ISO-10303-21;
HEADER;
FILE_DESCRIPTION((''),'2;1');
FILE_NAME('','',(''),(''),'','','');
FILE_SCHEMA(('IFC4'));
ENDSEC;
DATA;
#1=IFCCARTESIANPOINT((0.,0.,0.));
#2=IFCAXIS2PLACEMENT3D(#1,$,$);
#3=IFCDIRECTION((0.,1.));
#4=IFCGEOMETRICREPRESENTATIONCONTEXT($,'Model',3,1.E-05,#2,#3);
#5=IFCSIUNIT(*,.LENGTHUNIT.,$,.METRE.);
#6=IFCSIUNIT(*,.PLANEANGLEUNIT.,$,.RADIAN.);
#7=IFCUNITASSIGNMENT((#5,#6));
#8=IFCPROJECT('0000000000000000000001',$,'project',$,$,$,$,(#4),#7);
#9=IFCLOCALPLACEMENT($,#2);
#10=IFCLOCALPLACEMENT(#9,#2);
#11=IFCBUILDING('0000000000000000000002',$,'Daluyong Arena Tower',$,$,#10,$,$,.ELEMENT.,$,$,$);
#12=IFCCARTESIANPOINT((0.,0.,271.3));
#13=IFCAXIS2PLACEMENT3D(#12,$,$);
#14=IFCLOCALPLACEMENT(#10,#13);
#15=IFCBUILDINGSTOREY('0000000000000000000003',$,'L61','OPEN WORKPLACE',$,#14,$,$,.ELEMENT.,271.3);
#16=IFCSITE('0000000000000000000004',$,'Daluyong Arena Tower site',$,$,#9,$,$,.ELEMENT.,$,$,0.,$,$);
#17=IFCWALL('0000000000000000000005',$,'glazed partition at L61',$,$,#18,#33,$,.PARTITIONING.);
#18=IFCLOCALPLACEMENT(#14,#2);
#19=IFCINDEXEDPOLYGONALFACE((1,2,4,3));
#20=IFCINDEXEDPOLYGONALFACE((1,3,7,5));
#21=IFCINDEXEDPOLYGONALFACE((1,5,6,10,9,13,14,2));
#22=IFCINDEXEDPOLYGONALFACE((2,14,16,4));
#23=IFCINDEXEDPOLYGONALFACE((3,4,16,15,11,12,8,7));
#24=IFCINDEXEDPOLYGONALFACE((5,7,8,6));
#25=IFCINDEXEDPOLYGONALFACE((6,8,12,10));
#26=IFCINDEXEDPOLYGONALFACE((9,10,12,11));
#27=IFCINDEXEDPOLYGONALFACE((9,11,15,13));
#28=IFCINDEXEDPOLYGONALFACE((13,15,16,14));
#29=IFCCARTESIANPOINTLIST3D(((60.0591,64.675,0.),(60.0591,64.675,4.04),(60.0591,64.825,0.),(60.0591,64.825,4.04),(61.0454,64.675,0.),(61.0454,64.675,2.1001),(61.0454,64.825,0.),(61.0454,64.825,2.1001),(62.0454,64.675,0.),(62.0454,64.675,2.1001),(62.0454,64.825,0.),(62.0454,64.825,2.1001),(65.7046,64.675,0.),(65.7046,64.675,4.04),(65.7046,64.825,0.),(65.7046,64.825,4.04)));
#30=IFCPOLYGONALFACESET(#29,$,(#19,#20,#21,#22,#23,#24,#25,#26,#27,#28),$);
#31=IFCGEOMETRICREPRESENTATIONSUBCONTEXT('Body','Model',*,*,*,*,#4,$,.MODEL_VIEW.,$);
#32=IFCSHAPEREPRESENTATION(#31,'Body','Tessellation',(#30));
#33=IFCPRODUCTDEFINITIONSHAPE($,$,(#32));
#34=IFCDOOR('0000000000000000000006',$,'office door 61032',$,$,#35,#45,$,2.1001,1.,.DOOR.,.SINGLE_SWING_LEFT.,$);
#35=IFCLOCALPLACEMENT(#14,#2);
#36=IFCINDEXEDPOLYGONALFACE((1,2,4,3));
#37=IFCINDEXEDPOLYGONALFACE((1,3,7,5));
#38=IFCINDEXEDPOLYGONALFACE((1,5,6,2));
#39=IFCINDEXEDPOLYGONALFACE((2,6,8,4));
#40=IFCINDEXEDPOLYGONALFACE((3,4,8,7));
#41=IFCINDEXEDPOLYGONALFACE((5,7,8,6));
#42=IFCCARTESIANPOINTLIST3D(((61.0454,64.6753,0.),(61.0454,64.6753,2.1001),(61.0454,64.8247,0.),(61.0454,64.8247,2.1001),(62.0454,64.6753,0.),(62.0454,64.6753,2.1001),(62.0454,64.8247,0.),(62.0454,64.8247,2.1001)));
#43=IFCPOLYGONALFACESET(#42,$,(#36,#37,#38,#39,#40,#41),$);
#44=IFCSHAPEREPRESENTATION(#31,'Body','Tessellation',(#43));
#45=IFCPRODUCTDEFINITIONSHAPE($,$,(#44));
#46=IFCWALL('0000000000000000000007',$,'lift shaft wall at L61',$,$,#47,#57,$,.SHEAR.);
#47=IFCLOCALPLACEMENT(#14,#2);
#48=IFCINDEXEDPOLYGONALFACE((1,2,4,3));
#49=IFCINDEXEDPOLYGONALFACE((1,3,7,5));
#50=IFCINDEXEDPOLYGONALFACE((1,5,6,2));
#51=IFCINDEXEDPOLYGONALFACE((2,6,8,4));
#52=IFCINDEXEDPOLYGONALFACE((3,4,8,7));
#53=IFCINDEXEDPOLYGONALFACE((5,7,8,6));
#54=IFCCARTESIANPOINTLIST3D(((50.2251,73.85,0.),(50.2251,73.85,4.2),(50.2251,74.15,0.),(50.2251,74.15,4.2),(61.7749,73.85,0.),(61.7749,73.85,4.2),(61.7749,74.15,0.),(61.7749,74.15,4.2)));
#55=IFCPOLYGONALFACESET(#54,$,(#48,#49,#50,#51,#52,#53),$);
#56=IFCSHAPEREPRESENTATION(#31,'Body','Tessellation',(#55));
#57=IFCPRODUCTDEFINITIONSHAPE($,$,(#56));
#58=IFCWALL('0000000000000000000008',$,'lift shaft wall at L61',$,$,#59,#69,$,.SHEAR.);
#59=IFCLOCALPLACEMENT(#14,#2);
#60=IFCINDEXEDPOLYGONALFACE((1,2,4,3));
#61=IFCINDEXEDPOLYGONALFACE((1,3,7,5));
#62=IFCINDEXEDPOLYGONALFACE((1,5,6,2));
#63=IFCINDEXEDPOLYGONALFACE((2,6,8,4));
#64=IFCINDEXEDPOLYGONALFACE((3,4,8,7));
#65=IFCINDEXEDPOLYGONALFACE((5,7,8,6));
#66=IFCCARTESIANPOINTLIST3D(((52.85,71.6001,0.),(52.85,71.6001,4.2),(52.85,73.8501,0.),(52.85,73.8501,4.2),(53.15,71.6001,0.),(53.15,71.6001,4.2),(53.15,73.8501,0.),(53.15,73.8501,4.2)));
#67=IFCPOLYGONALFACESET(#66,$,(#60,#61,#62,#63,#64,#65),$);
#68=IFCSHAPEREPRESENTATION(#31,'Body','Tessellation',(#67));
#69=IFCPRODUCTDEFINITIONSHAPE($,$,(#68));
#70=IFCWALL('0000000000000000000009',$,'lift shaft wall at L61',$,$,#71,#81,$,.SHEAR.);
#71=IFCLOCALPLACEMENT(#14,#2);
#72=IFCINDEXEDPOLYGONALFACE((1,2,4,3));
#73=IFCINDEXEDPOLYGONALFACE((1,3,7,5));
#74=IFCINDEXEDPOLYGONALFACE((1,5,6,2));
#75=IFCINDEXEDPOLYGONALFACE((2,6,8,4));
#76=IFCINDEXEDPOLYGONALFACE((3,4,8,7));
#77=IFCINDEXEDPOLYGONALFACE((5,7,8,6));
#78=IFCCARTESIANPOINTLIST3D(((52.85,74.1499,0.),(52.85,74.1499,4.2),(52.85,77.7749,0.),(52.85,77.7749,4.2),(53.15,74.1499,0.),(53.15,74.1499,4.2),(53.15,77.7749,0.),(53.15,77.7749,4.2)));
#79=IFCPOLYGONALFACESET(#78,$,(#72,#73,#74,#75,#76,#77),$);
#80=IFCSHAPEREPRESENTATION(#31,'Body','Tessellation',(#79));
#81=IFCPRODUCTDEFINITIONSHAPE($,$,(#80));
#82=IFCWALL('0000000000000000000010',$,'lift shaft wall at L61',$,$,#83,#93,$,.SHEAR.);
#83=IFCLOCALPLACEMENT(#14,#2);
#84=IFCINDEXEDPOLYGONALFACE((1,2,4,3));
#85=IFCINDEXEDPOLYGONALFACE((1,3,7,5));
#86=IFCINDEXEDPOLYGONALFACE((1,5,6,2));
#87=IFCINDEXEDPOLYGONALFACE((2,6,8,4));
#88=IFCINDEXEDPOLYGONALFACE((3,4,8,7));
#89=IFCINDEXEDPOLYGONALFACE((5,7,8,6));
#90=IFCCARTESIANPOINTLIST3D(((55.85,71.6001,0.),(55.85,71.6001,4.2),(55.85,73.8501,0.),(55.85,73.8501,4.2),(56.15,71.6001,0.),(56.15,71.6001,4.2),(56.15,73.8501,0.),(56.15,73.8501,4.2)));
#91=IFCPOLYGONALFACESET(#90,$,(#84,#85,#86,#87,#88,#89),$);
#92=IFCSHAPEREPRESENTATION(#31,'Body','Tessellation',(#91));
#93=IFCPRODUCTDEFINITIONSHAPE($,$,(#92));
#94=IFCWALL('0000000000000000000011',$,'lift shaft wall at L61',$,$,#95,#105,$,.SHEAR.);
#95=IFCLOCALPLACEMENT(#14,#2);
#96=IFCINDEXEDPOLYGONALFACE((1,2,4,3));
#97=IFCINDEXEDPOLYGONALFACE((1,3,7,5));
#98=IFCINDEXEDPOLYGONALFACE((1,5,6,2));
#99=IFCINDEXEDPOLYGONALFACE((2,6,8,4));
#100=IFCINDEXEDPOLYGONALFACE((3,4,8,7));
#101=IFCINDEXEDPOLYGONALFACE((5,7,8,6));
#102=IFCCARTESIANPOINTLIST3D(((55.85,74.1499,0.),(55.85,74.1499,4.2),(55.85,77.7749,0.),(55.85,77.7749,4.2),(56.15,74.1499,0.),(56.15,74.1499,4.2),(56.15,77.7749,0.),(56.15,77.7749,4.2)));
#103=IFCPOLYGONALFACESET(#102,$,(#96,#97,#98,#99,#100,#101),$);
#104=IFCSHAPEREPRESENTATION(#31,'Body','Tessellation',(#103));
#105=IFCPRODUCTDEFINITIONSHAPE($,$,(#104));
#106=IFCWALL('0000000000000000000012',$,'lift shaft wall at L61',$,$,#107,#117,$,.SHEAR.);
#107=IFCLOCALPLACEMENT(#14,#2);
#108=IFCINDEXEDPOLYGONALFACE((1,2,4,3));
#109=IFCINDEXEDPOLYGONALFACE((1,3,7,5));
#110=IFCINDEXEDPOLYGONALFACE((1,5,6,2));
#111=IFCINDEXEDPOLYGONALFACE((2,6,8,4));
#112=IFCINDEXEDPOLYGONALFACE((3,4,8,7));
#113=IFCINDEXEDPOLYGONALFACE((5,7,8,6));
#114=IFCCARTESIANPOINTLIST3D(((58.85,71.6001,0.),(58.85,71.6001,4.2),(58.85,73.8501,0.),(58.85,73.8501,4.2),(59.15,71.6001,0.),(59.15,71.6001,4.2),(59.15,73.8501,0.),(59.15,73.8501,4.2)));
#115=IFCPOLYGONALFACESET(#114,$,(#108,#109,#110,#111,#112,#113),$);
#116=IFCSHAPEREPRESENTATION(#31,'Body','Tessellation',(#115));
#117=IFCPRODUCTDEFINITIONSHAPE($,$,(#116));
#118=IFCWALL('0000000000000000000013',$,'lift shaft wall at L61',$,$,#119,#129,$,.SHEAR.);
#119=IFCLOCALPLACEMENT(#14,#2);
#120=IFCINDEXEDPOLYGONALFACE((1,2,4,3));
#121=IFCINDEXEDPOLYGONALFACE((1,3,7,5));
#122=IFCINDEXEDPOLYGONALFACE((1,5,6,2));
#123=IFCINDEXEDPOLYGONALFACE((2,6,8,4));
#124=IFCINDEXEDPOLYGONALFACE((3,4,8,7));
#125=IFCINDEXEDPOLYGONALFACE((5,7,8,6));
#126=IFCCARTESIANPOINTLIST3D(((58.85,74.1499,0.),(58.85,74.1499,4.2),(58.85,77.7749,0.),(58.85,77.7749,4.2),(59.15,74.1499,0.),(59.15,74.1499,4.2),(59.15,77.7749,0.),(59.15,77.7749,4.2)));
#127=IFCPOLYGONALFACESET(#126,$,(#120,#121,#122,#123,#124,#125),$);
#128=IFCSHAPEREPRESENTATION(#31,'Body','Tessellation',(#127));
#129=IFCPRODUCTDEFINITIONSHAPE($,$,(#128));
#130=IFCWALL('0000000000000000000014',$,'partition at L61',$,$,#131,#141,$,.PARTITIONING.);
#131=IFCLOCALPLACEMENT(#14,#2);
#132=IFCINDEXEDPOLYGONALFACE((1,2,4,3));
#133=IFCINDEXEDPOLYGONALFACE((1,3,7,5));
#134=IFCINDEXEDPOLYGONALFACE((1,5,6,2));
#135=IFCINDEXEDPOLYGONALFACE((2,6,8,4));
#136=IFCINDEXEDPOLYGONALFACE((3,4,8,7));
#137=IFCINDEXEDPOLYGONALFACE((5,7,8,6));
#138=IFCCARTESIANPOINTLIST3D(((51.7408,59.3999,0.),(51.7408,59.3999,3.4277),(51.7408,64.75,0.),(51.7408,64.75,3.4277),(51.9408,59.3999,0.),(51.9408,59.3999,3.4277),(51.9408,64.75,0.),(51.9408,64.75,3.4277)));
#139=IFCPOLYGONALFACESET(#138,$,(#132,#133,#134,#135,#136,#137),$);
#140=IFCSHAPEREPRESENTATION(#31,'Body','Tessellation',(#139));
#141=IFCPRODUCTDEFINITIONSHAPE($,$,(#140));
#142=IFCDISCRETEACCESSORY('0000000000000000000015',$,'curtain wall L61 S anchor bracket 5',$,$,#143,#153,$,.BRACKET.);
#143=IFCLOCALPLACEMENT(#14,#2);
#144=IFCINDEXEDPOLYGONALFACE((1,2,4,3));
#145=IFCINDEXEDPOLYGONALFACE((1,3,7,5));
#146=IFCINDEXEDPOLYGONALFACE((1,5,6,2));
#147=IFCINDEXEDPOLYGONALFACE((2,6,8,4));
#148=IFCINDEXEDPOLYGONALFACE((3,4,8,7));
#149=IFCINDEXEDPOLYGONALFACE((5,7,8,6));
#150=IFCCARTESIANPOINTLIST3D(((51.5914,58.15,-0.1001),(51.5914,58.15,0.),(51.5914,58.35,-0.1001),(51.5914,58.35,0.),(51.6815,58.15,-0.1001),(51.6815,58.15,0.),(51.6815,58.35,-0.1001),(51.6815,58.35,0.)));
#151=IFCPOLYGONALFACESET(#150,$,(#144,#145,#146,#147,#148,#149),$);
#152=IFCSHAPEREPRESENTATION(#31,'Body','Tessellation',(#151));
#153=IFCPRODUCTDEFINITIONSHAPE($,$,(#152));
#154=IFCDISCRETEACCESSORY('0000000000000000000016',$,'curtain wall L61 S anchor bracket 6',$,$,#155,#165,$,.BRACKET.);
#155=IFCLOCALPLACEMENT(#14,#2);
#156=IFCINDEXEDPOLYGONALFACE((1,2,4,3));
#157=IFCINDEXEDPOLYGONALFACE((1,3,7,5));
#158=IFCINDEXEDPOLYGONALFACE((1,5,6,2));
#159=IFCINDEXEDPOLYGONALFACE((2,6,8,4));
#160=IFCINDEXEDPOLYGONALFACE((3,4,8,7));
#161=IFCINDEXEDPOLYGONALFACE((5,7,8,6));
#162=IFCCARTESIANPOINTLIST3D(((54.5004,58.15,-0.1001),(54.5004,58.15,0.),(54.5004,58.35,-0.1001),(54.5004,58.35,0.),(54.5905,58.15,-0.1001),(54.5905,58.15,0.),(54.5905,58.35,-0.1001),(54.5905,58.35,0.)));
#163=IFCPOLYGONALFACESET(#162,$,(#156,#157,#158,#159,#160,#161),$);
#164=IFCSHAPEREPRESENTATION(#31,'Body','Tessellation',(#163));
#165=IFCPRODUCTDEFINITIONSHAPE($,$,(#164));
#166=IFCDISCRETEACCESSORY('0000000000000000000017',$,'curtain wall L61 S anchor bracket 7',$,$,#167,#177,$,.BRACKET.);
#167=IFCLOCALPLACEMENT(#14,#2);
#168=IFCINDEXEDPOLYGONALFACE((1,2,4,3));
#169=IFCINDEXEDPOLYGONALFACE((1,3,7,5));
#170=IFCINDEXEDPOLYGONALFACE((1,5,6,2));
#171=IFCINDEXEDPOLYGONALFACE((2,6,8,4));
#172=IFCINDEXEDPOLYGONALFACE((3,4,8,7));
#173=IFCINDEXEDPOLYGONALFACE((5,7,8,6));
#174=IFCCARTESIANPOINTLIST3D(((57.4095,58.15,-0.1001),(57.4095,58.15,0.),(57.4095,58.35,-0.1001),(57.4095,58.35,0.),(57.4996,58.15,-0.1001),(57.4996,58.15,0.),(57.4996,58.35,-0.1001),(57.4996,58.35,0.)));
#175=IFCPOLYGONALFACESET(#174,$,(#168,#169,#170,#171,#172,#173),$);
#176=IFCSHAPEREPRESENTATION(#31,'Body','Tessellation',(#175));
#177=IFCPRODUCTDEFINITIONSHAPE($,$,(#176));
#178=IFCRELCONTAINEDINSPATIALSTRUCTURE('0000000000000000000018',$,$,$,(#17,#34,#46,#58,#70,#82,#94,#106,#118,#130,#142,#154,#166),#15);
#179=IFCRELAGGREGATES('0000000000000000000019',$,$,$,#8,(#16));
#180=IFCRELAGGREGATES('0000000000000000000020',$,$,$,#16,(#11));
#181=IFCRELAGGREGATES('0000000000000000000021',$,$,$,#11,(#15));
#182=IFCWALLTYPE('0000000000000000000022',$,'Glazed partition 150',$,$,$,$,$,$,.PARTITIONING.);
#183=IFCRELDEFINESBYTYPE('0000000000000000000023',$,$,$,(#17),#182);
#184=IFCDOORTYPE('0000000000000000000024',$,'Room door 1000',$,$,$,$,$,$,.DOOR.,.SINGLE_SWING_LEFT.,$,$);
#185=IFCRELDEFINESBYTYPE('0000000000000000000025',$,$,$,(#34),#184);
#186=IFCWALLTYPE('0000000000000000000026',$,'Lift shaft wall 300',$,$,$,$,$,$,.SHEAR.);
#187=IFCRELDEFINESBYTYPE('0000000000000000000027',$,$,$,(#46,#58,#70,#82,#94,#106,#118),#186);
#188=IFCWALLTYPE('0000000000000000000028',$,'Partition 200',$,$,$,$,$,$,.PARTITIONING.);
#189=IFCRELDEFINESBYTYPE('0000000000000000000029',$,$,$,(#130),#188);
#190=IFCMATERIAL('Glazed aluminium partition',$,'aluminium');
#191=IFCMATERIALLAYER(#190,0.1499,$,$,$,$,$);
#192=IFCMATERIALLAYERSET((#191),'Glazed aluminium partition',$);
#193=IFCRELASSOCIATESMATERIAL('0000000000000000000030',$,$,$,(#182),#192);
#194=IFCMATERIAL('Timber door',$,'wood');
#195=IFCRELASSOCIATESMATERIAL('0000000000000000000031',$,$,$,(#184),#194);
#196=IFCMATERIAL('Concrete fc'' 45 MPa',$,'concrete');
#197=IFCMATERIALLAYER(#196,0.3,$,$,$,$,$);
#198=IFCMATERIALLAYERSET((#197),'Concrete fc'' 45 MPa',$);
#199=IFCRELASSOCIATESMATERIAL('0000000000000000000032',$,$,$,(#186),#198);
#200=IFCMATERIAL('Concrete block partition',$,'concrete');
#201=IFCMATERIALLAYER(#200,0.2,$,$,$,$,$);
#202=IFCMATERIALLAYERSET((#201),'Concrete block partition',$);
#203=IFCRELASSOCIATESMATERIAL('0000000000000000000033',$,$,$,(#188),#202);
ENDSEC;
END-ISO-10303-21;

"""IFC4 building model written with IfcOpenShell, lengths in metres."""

from ifc_helpers import new_model, si_unit, direction, frame, frame_2d, origin, origin_2d, place, context, subcontext, project, spatial, rectangle, extrude, material, layer, layer_set, type_object, element, fill, save


model = new_model("IFC4")

# Units and contexts
model_context = context("Model", 3, precision=1e-05, world=origin(), true_north=direction((0.0, 1.0)))
body_context = subcontext(model_context, "Body", "Model", "MODEL_VIEW")
ifc_project = project(units=[si_unit("LENGTHUNIT", "METRE"), si_unit("PLANEANGLEUNIT", "RADIAN")], contexts=[model_context])

# Site, building, storey
site_placement = place(None, origin())
site = spatial("IfcSite", under=ifc_project, at=site_placement, Name="Daluyong Arena Tower site", CompositionType="ELEMENT", RefElevation=0.0)
building_placement = place(site_placement, origin())
building = spatial("IfcBuilding", under=site, at=building_placement, Name="Daluyong Arena Tower", CompositionType="ELEMENT")
storey_placement = place(building_placement, frame((0.0, 0.0, 271.3)))
storey = spatial("IfcBuildingStorey", under=building, at=storey_placement, Name="L61", Description="OPEN WORKPLACE", CompositionType="ELEMENT", Elevation=271.3)

# Wall, opening, door
ifc_material_1 = material(Name="Glazed aluminium partition", Category="aluminium")
ifc_layer_1 = layer(ifc_material_1, 0.1499)
ifc_layer_set_1 = layer_set([ifc_layer_1], Name="Glazed aluminium partition")
wall_type_1 = type_object("IfcWallType", Name="Glazed partition 150", PredefinedType="PARTITIONING", material=ifc_layer_set_1)
wall_1_placement = place(storey_placement, frame((60.0591, 64.75, 0.0), z_axis=(0.0, 0.0, 1.0), x_axis=(1.0, 0.0, 0.0)))
wall_1 = element("IfcWall", 1, at=wall_1_placement, inside=storey, type_object=wall_type_1, Name="glazed partition at L61", PredefinedType="PARTITIONING", context=body_context, shape_type="SweptSolid", body=[
    extrude(rectangle(XDim=5.6455, YDim=0.1499, at=frame_2d((2.8228, 0.0))), origin(), (0.0, 0.0, 1.0), 4.04),
])
opening_placement = place(wall_1_placement, frame((0.9863, 0.0, 0.0)))
opening = element("IfcOpeningElement", 2, at=opening_placement, cuts=wall_1, PredefinedType="OPENING", context=body_context, shape_type="SweptSolid", body=[
    extrude(rectangle(XDim=1.0, YDim=2.1001, at=frame_2d((0.5, 1.05))), frame((0.0, 0.085, 0.0), z_axis=(0.0, -1.0, 0.0), x_axis=(1.0, 0.0, 0.0)), (0.0, 0.0, 1.0), 0.1699),
])
ifc_material_2 = material(Name="Timber door", Category="wood")
door_type = type_object("IfcDoorType", Name="Room door 1000", OperationType="SINGLE_SWING_LEFT", PredefinedType="DOOR", material=ifc_material_2)
door_placement = place(opening_placement, origin())
door = element("IfcDoor", 3, at=door_placement, inside=storey, type_object=door_type, Name="office door 61032", OperationType="SINGLE_SWING_LEFT", OverallHeight=2.1001, OverallWidth=1.0, PredefinedType="DOOR", context=body_context, shape_type="SweptSolid", body=[
    extrude(rectangle(XDim=1.0, YDim=2.1001, at=frame_2d((0.5, 1.05))), frame((0.0, 0.0747, 0.0), z_axis=(0.0, -1.0, 0.0), x_axis=(1.0, 0.0, 0.0)), (0.0, 0.0, 1.0), 0.1494),
])
fill(opening, door)

# Walls
ifc_material_3 = material(Name="Concrete fc' 45 MPa", Category="concrete")
ifc_layer_2 = layer(ifc_material_3, 0.3)
ifc_layer_set_2 = layer_set([ifc_layer_2], Name="Concrete fc' 45 MPa")
wall_type_2 = type_object("IfcWallType", Name="Lift shaft wall 300", PredefinedType="SHEAR", material=ifc_layer_set_2)
wall_2_placement = place(storey_placement, frame((50.2251, 74.0, 0.0), z_axis=(0.0, 0.0, 1.0), x_axis=(1.0, 0.0, 0.0)))
element("IfcWall", 4, at=wall_2_placement, inside=storey, type_object=wall_type_2, Name="lift shaft wall at L61", PredefinedType="SHEAR", context=body_context, shape_type="SweptSolid", body=[
    extrude(rectangle(XDim=11.5498, YDim=0.3, at=frame_2d((5.7749, 0.0))), origin(), (0.0, 0.0, 1.0), 4.2),
])
wall_3_placement = place(storey_placement, frame((53.0, 71.6001, 0.0), z_axis=(0.0, 0.0, 1.0), x_axis=(0.0, 1.0, 0.0)))
element("IfcWall", 5, at=wall_3_placement, inside=storey, type_object=wall_type_2, Name="lift shaft wall at L61", PredefinedType="SHEAR", context=body_context, shape_type="SweptSolid", body=[
    extrude(rectangle(XDim=2.25, YDim=0.3, at=frame_2d((1.125, 0.0))), origin(), (0.0, 0.0, 1.0), 4.2),
])
wall_4_placement = place(storey_placement, frame((53.0, 74.1499, 0.0), z_axis=(0.0, 0.0, 1.0), x_axis=(0.0, 1.0, 0.0)))
element("IfcWall", 6, at=wall_4_placement, inside=storey, type_object=wall_type_2, Name="lift shaft wall at L61", PredefinedType="SHEAR", context=body_context, shape_type="SweptSolid", body=[
    extrude(rectangle(XDim=3.625, YDim=0.3, at=frame_2d((1.8125, 0.0))), origin(), (0.0, 0.0, 1.0), 4.2),
])
wall_5_placement = place(storey_placement, frame((56.0, 71.6001, 0.0), z_axis=(0.0, 0.0, 1.0), x_axis=(0.0, 1.0, 0.0)))
element("IfcWall", 7, at=wall_5_placement, inside=storey, type_object=wall_type_2, Name="lift shaft wall at L61", PredefinedType="SHEAR", context=body_context, shape_type="SweptSolid", body=[
    extrude(rectangle(XDim=2.25, YDim=0.3, at=frame_2d((1.125, 0.0))), origin(), (0.0, 0.0, 1.0), 4.2),
])
wall_6_placement = place(storey_placement, frame((56.0, 74.1499, 0.0), z_axis=(0.0, 0.0, 1.0), x_axis=(0.0, 1.0, 0.0)))
element("IfcWall", 8, at=wall_6_placement, inside=storey, type_object=wall_type_2, Name="lift shaft wall at L61", PredefinedType="SHEAR", context=body_context, shape_type="SweptSolid", body=[
    extrude(rectangle(XDim=3.625, YDim=0.3, at=frame_2d((1.8125, 0.0))), origin(), (0.0, 0.0, 1.0), 4.2),
])
wall_7_placement = place(storey_placement, frame((59.0, 71.6001, 0.0), z_axis=(0.0, 0.0, 1.0), x_axis=(0.0, 1.0, 0.0)))
element("IfcWall", 9, at=wall_7_placement, inside=storey, type_object=wall_type_2, Name="lift shaft wall at L61", PredefinedType="SHEAR", context=body_context, shape_type="SweptSolid", body=[
    extrude(rectangle(XDim=2.25, YDim=0.3, at=frame_2d((1.125, 0.0))), origin(), (0.0, 0.0, 1.0), 4.2),
])
wall_8_placement = place(storey_placement, frame((59.0, 74.1499, 0.0), z_axis=(0.0, 0.0, 1.0), x_axis=(0.0, 1.0, 0.0)))
element("IfcWall", 10, at=wall_8_placement, inside=storey, type_object=wall_type_2, Name="lift shaft wall at L61", PredefinedType="SHEAR", context=body_context, shape_type="SweptSolid", body=[
    extrude(rectangle(XDim=3.625, YDim=0.3, at=frame_2d((1.8125, 0.0))), origin(), (0.0, 0.0, 1.0), 4.2),
])
ifc_material_4 = material(Name="Concrete block partition", Category="concrete")
ifc_layer_3 = layer(ifc_material_4, 0.2)
ifc_layer_set_3 = layer_set([ifc_layer_3], Name="Concrete block partition")
wall_type_3 = type_object("IfcWallType", Name="Partition 200", PredefinedType="PARTITIONING", material=ifc_layer_set_3)
wall_9_placement = place(storey_placement, frame((51.8408, 59.3999, 0.0), z_axis=(0.0, 0.0, 1.0), x_axis=(0.0, 1.0, 0.0)))
element("IfcWall", 11, at=wall_9_placement, inside=storey, type_object=wall_type_3, Name="partition at L61", PredefinedType="PARTITIONING", context=body_context, shape_type="SweptSolid", body=[
    extrude(rectangle(XDim=5.3501, YDim=0.2, at=frame_2d((2.675, 0.0))), origin(), (0.0, 0.0, 1.0), 3.4277),
])

# Discrete accessories
for number, where, z_axis, x_axis, name in (
    (12, (51.6365, 58.25, -0.1001), (0.0, 0.0, 1.0), (1.0, 0.0, 0.0), "curtain wall L61 S anchor bracket 5"),
    (13, (54.5454, 58.25, -0.1001), (0.0, 0.0, 1.0), (1.0, 0.0, 0.0), "curtain wall L61 S anchor bracket 6"),
    (14, (57.4546, 58.25, -0.1001), (0.0, 0.0, 1.0), (1.0, 0.0, 0.0), "curtain wall L61 S anchor bracket 7"),
):
    element("IfcDiscreteAccessory", number, at=place(storey_placement, frame(where, z_axis=z_axis, x_axis=x_axis)), inside=storey, Name=name, PredefinedType="BRACKET", context=body_context, shape_type="SweptSolid", body=[
        extrude(rectangle(XDim=0.0901, YDim=0.2, at=origin_2d()), origin(), (0.0, 0.0, 1.0), 0.1001),
    ])

save(model, "model.ifc")
